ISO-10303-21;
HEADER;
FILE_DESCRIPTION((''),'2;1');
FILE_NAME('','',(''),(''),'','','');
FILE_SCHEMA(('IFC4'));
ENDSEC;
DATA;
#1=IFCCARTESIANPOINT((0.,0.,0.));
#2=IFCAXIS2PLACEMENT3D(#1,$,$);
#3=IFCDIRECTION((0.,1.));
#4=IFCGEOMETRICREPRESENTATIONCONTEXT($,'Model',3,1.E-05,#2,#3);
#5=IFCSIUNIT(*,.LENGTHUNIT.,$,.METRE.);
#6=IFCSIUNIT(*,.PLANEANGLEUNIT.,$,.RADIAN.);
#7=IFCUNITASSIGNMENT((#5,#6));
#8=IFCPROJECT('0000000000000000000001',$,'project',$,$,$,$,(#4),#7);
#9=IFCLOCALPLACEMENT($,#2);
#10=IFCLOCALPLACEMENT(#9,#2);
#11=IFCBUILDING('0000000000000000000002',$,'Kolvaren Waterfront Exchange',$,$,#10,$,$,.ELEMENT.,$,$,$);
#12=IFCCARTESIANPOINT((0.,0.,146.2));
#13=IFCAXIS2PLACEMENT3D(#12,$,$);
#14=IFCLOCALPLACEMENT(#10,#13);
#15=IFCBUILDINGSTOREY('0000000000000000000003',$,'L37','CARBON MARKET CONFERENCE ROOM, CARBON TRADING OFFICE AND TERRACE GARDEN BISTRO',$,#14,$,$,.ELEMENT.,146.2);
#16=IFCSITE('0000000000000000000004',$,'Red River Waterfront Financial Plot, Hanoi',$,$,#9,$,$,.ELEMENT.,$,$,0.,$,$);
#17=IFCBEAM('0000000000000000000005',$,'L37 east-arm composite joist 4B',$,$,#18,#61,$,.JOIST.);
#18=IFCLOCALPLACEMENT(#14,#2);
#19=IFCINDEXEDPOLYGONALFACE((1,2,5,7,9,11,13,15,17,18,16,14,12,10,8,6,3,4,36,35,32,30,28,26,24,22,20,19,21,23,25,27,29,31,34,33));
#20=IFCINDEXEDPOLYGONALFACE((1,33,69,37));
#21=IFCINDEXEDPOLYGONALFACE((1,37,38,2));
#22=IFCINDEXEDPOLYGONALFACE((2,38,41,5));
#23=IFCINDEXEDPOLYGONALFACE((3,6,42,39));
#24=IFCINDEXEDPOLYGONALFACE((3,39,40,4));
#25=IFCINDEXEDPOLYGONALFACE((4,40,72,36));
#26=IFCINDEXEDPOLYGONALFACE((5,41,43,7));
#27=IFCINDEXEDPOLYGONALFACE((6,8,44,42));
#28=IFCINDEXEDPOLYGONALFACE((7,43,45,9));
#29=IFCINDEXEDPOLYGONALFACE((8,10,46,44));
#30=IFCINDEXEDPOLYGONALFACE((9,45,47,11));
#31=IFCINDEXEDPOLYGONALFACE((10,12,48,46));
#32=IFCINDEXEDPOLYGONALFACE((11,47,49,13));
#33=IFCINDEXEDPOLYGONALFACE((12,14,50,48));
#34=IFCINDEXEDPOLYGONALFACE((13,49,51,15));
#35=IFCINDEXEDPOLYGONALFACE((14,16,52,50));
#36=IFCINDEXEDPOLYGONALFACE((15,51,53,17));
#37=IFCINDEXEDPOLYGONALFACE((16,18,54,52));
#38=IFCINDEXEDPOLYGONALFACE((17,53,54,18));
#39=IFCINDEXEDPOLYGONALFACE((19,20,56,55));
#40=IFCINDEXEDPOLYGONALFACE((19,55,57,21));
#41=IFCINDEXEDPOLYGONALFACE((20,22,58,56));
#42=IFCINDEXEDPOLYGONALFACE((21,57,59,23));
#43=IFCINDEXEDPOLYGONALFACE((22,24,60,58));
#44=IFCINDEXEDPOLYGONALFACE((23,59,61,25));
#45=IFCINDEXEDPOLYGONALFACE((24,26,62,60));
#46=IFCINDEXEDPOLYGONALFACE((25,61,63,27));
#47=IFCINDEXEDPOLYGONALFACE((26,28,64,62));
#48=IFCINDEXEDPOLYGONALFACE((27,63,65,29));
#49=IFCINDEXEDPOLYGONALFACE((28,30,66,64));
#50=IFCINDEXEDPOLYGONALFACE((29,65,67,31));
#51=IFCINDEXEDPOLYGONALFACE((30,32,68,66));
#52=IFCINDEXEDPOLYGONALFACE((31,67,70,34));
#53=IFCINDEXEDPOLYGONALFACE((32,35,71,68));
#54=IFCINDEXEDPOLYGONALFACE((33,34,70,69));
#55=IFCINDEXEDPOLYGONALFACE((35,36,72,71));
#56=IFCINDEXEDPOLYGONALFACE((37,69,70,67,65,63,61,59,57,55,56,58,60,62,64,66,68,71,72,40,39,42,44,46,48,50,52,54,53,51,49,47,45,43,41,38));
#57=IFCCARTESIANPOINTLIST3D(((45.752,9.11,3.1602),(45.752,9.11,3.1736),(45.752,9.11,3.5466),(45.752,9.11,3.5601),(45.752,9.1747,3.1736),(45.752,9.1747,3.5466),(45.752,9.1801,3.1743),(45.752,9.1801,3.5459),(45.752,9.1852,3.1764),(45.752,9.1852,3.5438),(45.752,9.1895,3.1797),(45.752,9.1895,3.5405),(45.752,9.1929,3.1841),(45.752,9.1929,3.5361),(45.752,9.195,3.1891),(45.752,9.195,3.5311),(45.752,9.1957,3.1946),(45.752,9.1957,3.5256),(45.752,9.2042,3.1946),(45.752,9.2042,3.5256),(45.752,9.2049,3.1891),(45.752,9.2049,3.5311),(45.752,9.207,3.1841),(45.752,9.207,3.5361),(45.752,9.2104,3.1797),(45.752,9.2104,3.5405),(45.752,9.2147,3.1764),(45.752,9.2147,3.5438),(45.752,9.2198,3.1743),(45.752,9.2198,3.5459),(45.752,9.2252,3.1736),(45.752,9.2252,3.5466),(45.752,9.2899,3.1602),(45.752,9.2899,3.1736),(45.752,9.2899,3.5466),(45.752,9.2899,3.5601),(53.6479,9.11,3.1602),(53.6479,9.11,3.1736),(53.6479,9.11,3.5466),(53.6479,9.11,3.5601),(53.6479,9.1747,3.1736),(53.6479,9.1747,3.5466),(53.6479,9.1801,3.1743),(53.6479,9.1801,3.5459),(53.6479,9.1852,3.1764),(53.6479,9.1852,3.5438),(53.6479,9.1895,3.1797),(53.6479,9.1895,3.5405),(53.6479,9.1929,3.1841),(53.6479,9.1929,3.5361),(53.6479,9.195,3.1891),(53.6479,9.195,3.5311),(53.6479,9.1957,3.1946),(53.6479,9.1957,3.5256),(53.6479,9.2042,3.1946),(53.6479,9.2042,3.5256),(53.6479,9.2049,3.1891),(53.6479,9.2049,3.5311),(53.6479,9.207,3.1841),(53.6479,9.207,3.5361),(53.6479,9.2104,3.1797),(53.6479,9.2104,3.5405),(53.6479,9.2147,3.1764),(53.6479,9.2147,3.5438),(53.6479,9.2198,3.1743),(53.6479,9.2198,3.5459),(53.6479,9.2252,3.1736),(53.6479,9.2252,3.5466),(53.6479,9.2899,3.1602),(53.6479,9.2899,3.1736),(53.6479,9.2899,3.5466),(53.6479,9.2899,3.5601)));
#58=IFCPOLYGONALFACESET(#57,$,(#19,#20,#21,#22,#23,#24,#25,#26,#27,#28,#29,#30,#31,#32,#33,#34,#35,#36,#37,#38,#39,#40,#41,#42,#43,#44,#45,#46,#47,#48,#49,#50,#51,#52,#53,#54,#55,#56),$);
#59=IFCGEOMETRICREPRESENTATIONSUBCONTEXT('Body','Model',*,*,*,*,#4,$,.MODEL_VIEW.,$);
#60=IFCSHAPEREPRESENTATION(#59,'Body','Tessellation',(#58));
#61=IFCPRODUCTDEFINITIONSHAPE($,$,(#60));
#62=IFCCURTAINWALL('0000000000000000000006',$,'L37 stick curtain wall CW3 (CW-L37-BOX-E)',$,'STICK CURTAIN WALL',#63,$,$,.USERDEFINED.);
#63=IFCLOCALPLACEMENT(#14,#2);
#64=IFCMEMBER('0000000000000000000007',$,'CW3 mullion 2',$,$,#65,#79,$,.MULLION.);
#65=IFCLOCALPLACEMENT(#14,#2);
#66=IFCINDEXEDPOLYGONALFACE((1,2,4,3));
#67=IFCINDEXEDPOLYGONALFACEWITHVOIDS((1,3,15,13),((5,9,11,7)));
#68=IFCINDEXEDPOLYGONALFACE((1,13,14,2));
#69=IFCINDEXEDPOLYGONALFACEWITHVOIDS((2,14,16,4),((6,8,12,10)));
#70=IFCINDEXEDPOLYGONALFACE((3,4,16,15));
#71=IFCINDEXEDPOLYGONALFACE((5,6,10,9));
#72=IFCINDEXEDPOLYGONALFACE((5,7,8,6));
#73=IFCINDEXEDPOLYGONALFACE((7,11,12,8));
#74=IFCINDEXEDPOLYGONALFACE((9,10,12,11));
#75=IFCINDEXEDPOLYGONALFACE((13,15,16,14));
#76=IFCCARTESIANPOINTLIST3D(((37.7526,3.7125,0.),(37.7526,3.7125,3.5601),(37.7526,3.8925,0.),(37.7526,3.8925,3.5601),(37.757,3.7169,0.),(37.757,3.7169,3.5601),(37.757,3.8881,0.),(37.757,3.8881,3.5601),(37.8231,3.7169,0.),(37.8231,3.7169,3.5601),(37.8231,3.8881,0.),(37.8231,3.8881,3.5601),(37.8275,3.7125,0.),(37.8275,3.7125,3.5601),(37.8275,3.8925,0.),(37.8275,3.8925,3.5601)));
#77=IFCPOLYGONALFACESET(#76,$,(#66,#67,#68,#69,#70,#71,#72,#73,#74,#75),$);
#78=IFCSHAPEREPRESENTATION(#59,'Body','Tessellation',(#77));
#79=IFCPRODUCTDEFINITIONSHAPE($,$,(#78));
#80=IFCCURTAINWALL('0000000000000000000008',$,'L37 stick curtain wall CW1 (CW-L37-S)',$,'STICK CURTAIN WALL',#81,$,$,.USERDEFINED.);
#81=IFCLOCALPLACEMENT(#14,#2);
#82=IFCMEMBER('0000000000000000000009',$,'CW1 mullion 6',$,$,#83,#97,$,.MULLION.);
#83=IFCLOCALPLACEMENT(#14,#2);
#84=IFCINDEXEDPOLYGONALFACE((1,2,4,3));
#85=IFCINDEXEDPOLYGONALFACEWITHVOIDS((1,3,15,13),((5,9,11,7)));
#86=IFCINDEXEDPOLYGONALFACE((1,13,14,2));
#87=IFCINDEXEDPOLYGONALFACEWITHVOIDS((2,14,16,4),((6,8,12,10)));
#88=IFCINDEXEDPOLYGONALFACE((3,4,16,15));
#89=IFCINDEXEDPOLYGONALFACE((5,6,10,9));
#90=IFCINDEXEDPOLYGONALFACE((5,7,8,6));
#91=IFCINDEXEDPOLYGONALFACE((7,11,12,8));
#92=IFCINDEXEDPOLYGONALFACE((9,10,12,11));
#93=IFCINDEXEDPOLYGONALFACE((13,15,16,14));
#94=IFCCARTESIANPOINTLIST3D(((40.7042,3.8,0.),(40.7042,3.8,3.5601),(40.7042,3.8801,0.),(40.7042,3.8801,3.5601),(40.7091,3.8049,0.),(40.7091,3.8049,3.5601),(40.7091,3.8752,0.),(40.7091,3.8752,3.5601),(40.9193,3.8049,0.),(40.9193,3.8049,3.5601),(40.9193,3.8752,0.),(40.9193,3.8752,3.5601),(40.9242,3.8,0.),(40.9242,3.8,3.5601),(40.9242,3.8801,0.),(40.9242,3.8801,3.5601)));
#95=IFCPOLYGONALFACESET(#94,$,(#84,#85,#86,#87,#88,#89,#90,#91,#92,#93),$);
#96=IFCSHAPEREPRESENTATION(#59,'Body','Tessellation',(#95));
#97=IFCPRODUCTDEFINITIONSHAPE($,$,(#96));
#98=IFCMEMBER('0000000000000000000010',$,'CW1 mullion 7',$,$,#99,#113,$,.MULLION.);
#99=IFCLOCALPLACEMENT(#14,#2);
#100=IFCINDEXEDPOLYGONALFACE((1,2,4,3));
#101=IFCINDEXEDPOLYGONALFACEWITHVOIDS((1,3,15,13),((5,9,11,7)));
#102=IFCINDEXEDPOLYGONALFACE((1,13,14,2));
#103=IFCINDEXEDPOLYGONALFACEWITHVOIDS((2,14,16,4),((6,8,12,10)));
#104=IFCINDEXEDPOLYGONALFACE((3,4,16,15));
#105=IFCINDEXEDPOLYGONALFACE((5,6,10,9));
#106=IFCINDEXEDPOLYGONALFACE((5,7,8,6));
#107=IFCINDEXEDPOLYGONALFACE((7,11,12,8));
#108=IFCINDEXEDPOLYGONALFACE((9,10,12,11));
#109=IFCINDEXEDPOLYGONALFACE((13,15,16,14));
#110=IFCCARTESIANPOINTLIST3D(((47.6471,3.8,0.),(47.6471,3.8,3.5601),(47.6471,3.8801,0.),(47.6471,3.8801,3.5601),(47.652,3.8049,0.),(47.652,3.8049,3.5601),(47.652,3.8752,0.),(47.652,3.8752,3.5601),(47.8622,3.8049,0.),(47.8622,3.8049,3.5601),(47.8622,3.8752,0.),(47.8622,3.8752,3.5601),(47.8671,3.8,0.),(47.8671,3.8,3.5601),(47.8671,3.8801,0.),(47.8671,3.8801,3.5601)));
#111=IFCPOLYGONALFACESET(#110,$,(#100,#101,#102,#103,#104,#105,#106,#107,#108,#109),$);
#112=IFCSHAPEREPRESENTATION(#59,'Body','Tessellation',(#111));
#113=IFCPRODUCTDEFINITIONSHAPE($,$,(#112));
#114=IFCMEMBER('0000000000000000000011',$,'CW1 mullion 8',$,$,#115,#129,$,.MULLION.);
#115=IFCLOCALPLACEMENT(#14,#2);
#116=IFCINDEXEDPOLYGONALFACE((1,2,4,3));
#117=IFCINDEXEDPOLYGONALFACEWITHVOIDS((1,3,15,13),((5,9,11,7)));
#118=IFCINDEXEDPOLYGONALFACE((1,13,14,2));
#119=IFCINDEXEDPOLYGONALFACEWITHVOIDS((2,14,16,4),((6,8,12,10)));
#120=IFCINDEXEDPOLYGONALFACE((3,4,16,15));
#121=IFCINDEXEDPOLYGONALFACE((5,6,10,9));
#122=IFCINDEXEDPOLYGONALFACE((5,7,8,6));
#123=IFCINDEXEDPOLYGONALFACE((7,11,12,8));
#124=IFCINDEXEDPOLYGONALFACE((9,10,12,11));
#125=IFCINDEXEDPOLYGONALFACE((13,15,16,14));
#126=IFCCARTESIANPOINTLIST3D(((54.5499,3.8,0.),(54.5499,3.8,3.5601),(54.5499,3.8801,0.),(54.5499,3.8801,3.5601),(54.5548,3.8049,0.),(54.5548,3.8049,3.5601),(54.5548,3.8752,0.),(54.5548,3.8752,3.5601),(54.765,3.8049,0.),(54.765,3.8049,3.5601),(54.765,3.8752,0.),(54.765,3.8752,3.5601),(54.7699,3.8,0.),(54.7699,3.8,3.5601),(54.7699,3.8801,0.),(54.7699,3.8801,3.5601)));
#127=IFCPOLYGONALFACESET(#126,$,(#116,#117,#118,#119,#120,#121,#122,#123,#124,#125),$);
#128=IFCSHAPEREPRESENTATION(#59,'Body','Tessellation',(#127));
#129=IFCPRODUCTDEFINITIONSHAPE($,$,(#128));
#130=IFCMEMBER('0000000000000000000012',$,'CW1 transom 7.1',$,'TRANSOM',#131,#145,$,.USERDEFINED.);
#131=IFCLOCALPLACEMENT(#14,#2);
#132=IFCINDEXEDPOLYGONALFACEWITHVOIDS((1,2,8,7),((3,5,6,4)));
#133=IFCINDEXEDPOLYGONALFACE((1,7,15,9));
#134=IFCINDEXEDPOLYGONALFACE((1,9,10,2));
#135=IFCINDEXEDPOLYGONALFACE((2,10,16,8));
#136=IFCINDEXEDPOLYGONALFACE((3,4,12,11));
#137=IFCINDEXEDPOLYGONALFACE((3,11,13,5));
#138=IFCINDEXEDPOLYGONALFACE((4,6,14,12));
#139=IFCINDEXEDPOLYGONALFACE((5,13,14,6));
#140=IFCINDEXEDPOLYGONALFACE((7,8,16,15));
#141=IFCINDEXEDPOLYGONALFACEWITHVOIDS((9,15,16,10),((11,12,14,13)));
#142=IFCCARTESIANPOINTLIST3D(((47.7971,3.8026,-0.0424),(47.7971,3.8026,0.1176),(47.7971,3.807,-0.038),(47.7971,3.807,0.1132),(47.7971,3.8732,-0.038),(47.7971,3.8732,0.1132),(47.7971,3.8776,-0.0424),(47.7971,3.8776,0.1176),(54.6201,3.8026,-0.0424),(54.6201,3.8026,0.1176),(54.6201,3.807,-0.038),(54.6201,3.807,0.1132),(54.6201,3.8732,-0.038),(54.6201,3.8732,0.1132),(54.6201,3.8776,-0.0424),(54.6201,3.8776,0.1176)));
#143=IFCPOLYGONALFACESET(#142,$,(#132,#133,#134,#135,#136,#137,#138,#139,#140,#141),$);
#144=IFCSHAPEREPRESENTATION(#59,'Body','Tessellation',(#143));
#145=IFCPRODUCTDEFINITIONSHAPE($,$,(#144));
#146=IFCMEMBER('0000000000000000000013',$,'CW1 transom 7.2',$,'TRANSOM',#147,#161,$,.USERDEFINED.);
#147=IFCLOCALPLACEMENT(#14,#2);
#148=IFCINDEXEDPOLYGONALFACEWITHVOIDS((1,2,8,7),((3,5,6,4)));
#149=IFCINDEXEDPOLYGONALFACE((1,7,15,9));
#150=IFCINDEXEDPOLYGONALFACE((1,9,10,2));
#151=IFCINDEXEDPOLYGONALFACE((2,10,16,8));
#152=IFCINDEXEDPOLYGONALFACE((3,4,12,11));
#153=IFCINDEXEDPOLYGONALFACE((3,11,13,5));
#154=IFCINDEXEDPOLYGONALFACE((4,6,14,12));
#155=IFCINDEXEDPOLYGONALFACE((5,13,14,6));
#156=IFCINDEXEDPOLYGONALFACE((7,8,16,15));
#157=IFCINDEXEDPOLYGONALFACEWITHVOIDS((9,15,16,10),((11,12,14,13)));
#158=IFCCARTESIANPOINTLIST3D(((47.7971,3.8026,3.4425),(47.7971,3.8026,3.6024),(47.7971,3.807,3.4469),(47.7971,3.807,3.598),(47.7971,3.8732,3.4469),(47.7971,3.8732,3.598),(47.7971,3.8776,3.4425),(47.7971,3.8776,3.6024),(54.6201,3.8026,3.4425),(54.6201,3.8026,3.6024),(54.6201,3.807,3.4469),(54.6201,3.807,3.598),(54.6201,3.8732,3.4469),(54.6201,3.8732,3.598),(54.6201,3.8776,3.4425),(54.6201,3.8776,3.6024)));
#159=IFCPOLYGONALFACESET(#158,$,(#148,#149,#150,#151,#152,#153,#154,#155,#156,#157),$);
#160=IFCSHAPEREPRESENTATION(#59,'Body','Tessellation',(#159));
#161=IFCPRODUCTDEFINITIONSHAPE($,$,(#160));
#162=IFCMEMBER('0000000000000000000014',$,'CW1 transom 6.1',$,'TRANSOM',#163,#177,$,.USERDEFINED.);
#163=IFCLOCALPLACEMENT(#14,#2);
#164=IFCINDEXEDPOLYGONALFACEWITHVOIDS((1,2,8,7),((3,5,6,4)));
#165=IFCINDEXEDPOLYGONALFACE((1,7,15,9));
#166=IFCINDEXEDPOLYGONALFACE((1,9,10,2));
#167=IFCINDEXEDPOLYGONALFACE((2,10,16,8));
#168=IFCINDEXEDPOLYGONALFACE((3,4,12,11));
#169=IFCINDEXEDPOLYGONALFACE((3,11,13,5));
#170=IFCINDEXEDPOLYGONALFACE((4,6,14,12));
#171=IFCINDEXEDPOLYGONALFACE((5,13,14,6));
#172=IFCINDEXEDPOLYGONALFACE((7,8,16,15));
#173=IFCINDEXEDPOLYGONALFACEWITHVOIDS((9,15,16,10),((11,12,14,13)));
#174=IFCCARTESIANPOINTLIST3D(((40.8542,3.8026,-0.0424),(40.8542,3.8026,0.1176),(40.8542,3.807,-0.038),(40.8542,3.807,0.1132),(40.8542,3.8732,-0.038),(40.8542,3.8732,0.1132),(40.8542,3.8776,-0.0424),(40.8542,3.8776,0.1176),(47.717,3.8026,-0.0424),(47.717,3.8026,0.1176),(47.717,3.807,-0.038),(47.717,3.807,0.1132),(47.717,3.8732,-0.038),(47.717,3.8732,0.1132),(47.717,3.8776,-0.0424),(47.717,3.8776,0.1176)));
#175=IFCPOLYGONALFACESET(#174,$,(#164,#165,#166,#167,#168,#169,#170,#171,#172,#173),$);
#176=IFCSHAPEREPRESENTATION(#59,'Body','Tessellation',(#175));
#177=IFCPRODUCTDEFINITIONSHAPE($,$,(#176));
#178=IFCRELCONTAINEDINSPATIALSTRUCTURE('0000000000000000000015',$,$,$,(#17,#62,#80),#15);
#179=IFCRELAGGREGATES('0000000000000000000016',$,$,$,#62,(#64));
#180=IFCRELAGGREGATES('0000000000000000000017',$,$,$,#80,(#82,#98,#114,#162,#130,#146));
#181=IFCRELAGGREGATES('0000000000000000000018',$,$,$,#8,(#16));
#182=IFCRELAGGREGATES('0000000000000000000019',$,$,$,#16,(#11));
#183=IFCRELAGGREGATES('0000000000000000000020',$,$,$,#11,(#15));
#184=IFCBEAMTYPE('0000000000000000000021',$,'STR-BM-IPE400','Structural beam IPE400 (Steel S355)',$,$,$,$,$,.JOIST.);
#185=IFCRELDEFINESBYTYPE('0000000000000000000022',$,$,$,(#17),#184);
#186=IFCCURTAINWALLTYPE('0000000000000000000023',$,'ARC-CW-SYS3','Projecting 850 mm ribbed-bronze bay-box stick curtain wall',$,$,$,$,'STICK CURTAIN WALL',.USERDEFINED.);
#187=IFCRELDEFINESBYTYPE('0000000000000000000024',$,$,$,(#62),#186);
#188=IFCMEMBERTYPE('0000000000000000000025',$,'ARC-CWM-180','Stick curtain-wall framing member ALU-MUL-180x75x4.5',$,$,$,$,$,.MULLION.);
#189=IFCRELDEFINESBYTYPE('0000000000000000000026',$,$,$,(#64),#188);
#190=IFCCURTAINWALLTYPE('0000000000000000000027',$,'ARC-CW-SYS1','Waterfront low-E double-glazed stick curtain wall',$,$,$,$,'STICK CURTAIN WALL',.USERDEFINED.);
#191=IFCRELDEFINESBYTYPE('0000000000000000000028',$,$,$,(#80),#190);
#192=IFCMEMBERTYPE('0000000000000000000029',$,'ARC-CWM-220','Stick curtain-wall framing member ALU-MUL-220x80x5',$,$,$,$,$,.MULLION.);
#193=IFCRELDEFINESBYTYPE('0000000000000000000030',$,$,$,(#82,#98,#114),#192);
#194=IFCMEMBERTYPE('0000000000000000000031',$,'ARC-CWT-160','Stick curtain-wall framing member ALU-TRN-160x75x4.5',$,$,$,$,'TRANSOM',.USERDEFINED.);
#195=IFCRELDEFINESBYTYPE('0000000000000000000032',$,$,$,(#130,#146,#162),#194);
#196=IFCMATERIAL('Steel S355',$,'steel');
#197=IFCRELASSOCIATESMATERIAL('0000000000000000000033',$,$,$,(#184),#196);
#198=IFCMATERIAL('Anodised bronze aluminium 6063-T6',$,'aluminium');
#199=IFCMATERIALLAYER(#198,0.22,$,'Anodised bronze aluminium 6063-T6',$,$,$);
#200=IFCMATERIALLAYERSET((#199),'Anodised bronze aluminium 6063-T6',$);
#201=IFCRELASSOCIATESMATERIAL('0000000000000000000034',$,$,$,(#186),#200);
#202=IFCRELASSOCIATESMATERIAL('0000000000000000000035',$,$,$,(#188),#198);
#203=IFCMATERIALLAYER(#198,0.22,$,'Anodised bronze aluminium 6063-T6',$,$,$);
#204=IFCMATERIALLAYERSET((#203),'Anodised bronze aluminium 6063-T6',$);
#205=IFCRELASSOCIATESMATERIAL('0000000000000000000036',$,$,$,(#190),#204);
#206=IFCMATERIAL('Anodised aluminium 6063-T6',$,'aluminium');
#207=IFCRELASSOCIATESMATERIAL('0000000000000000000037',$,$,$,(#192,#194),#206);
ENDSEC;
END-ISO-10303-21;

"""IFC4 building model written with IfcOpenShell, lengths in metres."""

from ifc_helpers import new_model, si_unit, direction, frame, origin, origin_with_axes, origin_2d, place, context, subcontext, project, spatial, hollow_rectangle, i_section, extrude, source, transform, mapped, material, layer, layer_set, material_profile, profile_set, type_object, element, aggregate, save


model = new_model("IFC4")

# Units and contexts
model_context = context("Model", 3, precision=1e-05, world=origin(), true_north=direction((0.0, 1.0)))
body_context = subcontext(model_context, "Body", "Model", "MODEL_VIEW")
ifc_project = project(units=[si_unit("LENGTHUNIT", "METRE"), si_unit("PLANEANGLEUNIT", "RADIAN")], contexts=[model_context])

# Site, building, storey
site_placement = place(None, origin())
site = spatial("IfcSite", under=ifc_project, at=site_placement, Name="Red River Waterfront Financial Plot, Hanoi", CompositionType="ELEMENT", RefElevation=0.0)
building_placement = place(site_placement, origin())
building = spatial("IfcBuilding", under=site, at=building_placement, Name="Kolvaren Waterfront Exchange", CompositionType="ELEMENT")
storey_placement = place(building_placement, frame((0.0, 0.0, 146.2)))
storey = spatial("IfcBuildingStorey", under=building, at=storey_placement, Name="L37", Description="CARBON MARKET CONFERENCE ROOM, CARBON TRADING OFFICE AND TERRACE GARDEN BISTRO", CompositionType="ELEMENT", Elevation=146.2)

# Beam
ifc_material_1 = material(Name="Steel S355", Category="steel")
ifc_material_profile_1 = material_profile(ifc_material_1, i_section(OverallWidth=0.1799, OverallDepth=0.3999, WebThickness=0.0085, FlangeThickness=0.0134, FilletRadius=0.021, at=origin_2d()), Name="IPE400")
ifc_profile_set_1 = profile_set([ifc_material_profile_1], Name="Steel S355")
beam_type_1 = type_object("IfcBeamType", Name="STR-BM-IPE400", Description="Structural beam IPE400 (Steel S355)", PredefinedType="JOIST", material=ifc_profile_set_1)
beam_1_placement = place(storey_placement, frame((45.752, 9.2, 3.3601), z_axis=(1.0, 0.0, 0.0), x_axis=(0.0, 1.0, 0.0)))
element("IfcBeam", 1, at=beam_1_placement, inside=storey, type_object=beam_type_1, Name="L37 east-arm composite joist 4B", PredefinedType="JOIST", context=body_context, shape_type="SweptSolid", body=[
    extrude(i_section(OverallWidth=0.1799, OverallDepth=0.3999, WebThickness=0.0085, FlangeThickness=0.0134, FilletRadius=0.021, at=origin_2d()), origin(), (0.0, 0.0, 1.0), 7.896),
])

# Curtain wall, member
ifc_material_2 = material(Name="Anodised bronze aluminium 6063-T6", Category="aluminium")
ifc_layer_1 = layer(ifc_material_2, 0.22, Name="Anodised bronze aluminium 6063-T6")
ifc_layer_set_1 = layer_set([ifc_layer_1], Name="Anodised bronze aluminium 6063-T6")
curtain_wall_type_1 = type_object("IfcCurtainWallType", Name="ARC-CW-SYS3", Description="Projecting 850 mm ribbed-bronze bay-box stick curtain wall", ElementType="STICK CURTAIN WALL", PredefinedType="USERDEFINED", material=ifc_layer_set_1)
curtain_wall_1_placement = place(storey_placement, origin())
curtain_wall_1 = element("IfcCurtainWall", 2, at=curtain_wall_1_placement, inside=storey, type_object=curtain_wall_type_1, Name="L37 stick curtain wall CW3 (CW-L37-BOX-E)", ObjectType="STICK CURTAIN WALL", PredefinedType="USERDEFINED")
ifc_material_profile_2 = material_profile(ifc_material_2, hollow_rectangle(XDim=0.075, YDim=0.1799, WallThickness=0.0044, at=origin_2d()), Name="ALU-MUL-180x75x4.5")
ifc_profile_set_2 = profile_set([ifc_material_profile_2], Name="Anodised bronze aluminium 6063-T6")
member_type_1 = type_object("IfcMemberType", Name="ARC-CWM-180", Description="Stick curtain-wall framing member ALU-MUL-180x75x4.5", PredefinedType="MULLION", material=ifc_profile_set_2)
shared_shape_1 = source(origin_with_axes(), body_context, "Body", "SweptSolid", [
    extrude(hollow_rectangle(XDim=0.075, YDim=0.1799, WallThickness=0.0044, at=origin_2d()), origin(), (0.0, 0.0, 1.0), 3.5601),
])
member_1_placement = place(storey_placement, frame((37.79, 3.8025, 0.0), z_axis=(0.0, 0.0, 1.0), x_axis=(-1.0, 0.0, 0.0)))
member_1 = element("IfcMember", 3, at=member_1_placement, type_object=member_type_1, Name="CW3 mullion 2", PredefinedType="MULLION", context=body_context, shape_type="MappedRepresentation", body=[
    mapped(shared_shape_1, transform((0.0, 0.0, 0.0), x_axis=(1.0, 0.0, 0.0), y_axis=(0.0, 1.0, 0.0), z_axis=(0.0, 0.0, 1.0), scale=1.0)),
])
aggregate(curtain_wall_1, [member_1])

# Curtain wall, members
ifc_layer_2 = layer(ifc_material_2, 0.22, Name="Anodised bronze aluminium 6063-T6")
ifc_layer_set_2 = layer_set([ifc_layer_2], Name="Anodised bronze aluminium 6063-T6")
curtain_wall_type_2 = type_object("IfcCurtainWallType", Name="ARC-CW-SYS1", Description="Waterfront low-E double-glazed stick curtain wall", ElementType="STICK CURTAIN WALL", PredefinedType="USERDEFINED", material=ifc_layer_set_2)
curtain_wall_2_placement = place(storey_placement, origin())
curtain_wall_2 = element("IfcCurtainWall", 4, at=curtain_wall_2_placement, inside=storey, type_object=curtain_wall_type_2, Name="L37 stick curtain wall CW1 (CW-L37-S)", ObjectType="STICK CURTAIN WALL", PredefinedType="USERDEFINED")
ifc_material_3 = material(Name="Anodised aluminium 6063-T6", Category="aluminium")
ifc_material_profile_3 = material_profile(ifc_material_3, hollow_rectangle(XDim=0.0801, YDim=0.22, WallThickness=0.0049, at=origin_2d()), Name="ALU-MUL-220x80x5")
ifc_profile_set_3 = profile_set([ifc_material_profile_3], Name="Anodised aluminium 6063-T6")
member_type_2 = type_object("IfcMemberType", Name="ARC-CWM-220", Description="Stick curtain-wall framing member ALU-MUL-220x80x5", PredefinedType="MULLION", material=ifc_profile_set_3)
shared_shape_2 = source(origin_with_axes(), body_context, "Body", "SweptSolid", [
    extrude(hollow_rectangle(XDim=0.0801, YDim=0.22, WallThickness=0.0049, at=origin_2d()), origin(), (0.0, 0.0, 1.0), 3.5601),
])
member_2_placement = place(storey_placement, frame((40.8142, 3.8401, 0.0), z_axis=(0.0, 0.0, 1.0), x_axis=(0.0, 1.0, 0.0)))
member_2 = element("IfcMember", 5, at=member_2_placement, type_object=member_type_2, Name="CW1 mullion 6", PredefinedType="MULLION", context=body_context, shape_type="MappedRepresentation", body=[
    mapped(shared_shape_2, transform((0.0, 0.0, 0.0), x_axis=(1.0, 0.0, 0.0), y_axis=(0.0, 1.0, 0.0), z_axis=(0.0, 0.0, 1.0), scale=1.0)),
])
member_3_placement = place(storey_placement, frame((47.7571, 3.8401, 0.0), z_axis=(0.0, 0.0, 1.0), x_axis=(0.0, 1.0, 0.0)))
member_3 = element("IfcMember", 6, at=member_3_placement, type_object=member_type_2, Name="CW1 mullion 7", PredefinedType="MULLION", context=body_context, shape_type="MappedRepresentation", body=[
    mapped(shared_shape_2, transform((0.0, 0.0, 0.0), x_axis=(1.0, 0.0, 0.0), y_axis=(0.0, 1.0, 0.0), z_axis=(0.0, 0.0, 1.0), scale=1.0)),
])
member_4_placement = place(storey_placement, frame((54.6599, 3.8401, 0.0), z_axis=(0.0, 0.0, 1.0), x_axis=(0.0, 1.0, 0.0)))
member_4 = element("IfcMember", 7, at=member_4_placement, type_object=member_type_2, Name="CW1 mullion 8", PredefinedType="MULLION", context=body_context, shape_type="MappedRepresentation", body=[
    mapped(shared_shape_2, transform((0.0, 0.0, 0.0), x_axis=(1.0, 0.0, 0.0), y_axis=(0.0, 1.0, 0.0), z_axis=(0.0, 0.0, 1.0), scale=1.0)),
])
ifc_material_profile_4 = material_profile(ifc_material_3, hollow_rectangle(XDim=0.075, YDim=0.1599, WallThickness=0.0044, at=origin_2d()), Name="ALU-TRN-160x75x4.5")
ifc_profile_set_4 = profile_set([ifc_material_profile_4], Name="Anodised aluminium 6063-T6")
member_type_3 = type_object("IfcMemberType", Name="ARC-CWT-160", Description="Stick curtain-wall framing member ALU-TRN-160x75x4.5", ElementType="TRANSOM", PredefinedType="USERDEFINED", material=ifc_profile_set_4)
shared_shape_3 = source(origin_with_axes(), body_context, "Body", "SweptSolid", [
    extrude(hollow_rectangle(XDim=0.075, YDim=0.1599, WallThickness=0.0044, at=origin_2d()), origin(), (0.0, 0.0, 1.0), 6.823),
])
member_5_placement = place(storey_placement, frame((47.7971, 3.8401, 0.0376), z_axis=(1.0, 0.0, 0.0), x_axis=(0.0, 1.0, 0.0)))
member_5 = element("IfcMember", 8, at=member_5_placement, type_object=member_type_3, Name="CW1 transom 7.1", ObjectType="TRANSOM", PredefinedType="USERDEFINED", context=body_context, shape_type="MappedRepresentation", body=[
    mapped(shared_shape_3, transform((0.0, 0.0, 0.0), x_axis=(1.0, 0.0, 0.0), y_axis=(0.0, 1.0, 0.0), z_axis=(0.0, 0.0, 1.0), scale=1.0)),
])
member_6_placement = place(storey_placement, frame((47.7971, 3.8401, 3.5225), z_axis=(1.0, 0.0, 0.0), x_axis=(0.0, 1.0, 0.0)))
member_6 = element("IfcMember", 9, at=member_6_placement, type_object=member_type_3, Name="CW1 transom 7.2", ObjectType="TRANSOM", PredefinedType="USERDEFINED", context=body_context, shape_type="MappedRepresentation", body=[
    mapped(shared_shape_3, transform((0.0, 0.0, 0.0), x_axis=(1.0, 0.0, 0.0), y_axis=(0.0, 1.0, 0.0), z_axis=(0.0, 0.0, 1.0), scale=1.0)),
])
shared_shape_4 = source(origin_with_axes(), body_context, "Body", "SweptSolid", [
    extrude(hollow_rectangle(XDim=0.075, YDim=0.1599, WallThickness=0.0044, at=origin_2d()), origin(), (0.0, 0.0, 1.0), 6.8628),
])
member_7_placement = place(storey_placement, frame((40.8542, 3.8401, 0.0376), z_axis=(1.0, 0.0, 0.0), x_axis=(0.0, 1.0, 0.0)))
member_7 = element("IfcMember", 10, at=member_7_placement, type_object=member_type_3, Name="CW1 transom 6.1", ObjectType="TRANSOM", PredefinedType="USERDEFINED", context=body_context, shape_type="MappedRepresentation", body=[
    mapped(shared_shape_4, transform((0.0, 0.0, 0.0), x_axis=(1.0, 0.0, 0.0), y_axis=(0.0, 1.0, 0.0), z_axis=(0.0, 0.0, 1.0), scale=1.0)),
])
aggregate(curtain_wall_2, [member_2, member_3, member_4, member_7, member_5, member_6])

save(model, "model.ifc")
